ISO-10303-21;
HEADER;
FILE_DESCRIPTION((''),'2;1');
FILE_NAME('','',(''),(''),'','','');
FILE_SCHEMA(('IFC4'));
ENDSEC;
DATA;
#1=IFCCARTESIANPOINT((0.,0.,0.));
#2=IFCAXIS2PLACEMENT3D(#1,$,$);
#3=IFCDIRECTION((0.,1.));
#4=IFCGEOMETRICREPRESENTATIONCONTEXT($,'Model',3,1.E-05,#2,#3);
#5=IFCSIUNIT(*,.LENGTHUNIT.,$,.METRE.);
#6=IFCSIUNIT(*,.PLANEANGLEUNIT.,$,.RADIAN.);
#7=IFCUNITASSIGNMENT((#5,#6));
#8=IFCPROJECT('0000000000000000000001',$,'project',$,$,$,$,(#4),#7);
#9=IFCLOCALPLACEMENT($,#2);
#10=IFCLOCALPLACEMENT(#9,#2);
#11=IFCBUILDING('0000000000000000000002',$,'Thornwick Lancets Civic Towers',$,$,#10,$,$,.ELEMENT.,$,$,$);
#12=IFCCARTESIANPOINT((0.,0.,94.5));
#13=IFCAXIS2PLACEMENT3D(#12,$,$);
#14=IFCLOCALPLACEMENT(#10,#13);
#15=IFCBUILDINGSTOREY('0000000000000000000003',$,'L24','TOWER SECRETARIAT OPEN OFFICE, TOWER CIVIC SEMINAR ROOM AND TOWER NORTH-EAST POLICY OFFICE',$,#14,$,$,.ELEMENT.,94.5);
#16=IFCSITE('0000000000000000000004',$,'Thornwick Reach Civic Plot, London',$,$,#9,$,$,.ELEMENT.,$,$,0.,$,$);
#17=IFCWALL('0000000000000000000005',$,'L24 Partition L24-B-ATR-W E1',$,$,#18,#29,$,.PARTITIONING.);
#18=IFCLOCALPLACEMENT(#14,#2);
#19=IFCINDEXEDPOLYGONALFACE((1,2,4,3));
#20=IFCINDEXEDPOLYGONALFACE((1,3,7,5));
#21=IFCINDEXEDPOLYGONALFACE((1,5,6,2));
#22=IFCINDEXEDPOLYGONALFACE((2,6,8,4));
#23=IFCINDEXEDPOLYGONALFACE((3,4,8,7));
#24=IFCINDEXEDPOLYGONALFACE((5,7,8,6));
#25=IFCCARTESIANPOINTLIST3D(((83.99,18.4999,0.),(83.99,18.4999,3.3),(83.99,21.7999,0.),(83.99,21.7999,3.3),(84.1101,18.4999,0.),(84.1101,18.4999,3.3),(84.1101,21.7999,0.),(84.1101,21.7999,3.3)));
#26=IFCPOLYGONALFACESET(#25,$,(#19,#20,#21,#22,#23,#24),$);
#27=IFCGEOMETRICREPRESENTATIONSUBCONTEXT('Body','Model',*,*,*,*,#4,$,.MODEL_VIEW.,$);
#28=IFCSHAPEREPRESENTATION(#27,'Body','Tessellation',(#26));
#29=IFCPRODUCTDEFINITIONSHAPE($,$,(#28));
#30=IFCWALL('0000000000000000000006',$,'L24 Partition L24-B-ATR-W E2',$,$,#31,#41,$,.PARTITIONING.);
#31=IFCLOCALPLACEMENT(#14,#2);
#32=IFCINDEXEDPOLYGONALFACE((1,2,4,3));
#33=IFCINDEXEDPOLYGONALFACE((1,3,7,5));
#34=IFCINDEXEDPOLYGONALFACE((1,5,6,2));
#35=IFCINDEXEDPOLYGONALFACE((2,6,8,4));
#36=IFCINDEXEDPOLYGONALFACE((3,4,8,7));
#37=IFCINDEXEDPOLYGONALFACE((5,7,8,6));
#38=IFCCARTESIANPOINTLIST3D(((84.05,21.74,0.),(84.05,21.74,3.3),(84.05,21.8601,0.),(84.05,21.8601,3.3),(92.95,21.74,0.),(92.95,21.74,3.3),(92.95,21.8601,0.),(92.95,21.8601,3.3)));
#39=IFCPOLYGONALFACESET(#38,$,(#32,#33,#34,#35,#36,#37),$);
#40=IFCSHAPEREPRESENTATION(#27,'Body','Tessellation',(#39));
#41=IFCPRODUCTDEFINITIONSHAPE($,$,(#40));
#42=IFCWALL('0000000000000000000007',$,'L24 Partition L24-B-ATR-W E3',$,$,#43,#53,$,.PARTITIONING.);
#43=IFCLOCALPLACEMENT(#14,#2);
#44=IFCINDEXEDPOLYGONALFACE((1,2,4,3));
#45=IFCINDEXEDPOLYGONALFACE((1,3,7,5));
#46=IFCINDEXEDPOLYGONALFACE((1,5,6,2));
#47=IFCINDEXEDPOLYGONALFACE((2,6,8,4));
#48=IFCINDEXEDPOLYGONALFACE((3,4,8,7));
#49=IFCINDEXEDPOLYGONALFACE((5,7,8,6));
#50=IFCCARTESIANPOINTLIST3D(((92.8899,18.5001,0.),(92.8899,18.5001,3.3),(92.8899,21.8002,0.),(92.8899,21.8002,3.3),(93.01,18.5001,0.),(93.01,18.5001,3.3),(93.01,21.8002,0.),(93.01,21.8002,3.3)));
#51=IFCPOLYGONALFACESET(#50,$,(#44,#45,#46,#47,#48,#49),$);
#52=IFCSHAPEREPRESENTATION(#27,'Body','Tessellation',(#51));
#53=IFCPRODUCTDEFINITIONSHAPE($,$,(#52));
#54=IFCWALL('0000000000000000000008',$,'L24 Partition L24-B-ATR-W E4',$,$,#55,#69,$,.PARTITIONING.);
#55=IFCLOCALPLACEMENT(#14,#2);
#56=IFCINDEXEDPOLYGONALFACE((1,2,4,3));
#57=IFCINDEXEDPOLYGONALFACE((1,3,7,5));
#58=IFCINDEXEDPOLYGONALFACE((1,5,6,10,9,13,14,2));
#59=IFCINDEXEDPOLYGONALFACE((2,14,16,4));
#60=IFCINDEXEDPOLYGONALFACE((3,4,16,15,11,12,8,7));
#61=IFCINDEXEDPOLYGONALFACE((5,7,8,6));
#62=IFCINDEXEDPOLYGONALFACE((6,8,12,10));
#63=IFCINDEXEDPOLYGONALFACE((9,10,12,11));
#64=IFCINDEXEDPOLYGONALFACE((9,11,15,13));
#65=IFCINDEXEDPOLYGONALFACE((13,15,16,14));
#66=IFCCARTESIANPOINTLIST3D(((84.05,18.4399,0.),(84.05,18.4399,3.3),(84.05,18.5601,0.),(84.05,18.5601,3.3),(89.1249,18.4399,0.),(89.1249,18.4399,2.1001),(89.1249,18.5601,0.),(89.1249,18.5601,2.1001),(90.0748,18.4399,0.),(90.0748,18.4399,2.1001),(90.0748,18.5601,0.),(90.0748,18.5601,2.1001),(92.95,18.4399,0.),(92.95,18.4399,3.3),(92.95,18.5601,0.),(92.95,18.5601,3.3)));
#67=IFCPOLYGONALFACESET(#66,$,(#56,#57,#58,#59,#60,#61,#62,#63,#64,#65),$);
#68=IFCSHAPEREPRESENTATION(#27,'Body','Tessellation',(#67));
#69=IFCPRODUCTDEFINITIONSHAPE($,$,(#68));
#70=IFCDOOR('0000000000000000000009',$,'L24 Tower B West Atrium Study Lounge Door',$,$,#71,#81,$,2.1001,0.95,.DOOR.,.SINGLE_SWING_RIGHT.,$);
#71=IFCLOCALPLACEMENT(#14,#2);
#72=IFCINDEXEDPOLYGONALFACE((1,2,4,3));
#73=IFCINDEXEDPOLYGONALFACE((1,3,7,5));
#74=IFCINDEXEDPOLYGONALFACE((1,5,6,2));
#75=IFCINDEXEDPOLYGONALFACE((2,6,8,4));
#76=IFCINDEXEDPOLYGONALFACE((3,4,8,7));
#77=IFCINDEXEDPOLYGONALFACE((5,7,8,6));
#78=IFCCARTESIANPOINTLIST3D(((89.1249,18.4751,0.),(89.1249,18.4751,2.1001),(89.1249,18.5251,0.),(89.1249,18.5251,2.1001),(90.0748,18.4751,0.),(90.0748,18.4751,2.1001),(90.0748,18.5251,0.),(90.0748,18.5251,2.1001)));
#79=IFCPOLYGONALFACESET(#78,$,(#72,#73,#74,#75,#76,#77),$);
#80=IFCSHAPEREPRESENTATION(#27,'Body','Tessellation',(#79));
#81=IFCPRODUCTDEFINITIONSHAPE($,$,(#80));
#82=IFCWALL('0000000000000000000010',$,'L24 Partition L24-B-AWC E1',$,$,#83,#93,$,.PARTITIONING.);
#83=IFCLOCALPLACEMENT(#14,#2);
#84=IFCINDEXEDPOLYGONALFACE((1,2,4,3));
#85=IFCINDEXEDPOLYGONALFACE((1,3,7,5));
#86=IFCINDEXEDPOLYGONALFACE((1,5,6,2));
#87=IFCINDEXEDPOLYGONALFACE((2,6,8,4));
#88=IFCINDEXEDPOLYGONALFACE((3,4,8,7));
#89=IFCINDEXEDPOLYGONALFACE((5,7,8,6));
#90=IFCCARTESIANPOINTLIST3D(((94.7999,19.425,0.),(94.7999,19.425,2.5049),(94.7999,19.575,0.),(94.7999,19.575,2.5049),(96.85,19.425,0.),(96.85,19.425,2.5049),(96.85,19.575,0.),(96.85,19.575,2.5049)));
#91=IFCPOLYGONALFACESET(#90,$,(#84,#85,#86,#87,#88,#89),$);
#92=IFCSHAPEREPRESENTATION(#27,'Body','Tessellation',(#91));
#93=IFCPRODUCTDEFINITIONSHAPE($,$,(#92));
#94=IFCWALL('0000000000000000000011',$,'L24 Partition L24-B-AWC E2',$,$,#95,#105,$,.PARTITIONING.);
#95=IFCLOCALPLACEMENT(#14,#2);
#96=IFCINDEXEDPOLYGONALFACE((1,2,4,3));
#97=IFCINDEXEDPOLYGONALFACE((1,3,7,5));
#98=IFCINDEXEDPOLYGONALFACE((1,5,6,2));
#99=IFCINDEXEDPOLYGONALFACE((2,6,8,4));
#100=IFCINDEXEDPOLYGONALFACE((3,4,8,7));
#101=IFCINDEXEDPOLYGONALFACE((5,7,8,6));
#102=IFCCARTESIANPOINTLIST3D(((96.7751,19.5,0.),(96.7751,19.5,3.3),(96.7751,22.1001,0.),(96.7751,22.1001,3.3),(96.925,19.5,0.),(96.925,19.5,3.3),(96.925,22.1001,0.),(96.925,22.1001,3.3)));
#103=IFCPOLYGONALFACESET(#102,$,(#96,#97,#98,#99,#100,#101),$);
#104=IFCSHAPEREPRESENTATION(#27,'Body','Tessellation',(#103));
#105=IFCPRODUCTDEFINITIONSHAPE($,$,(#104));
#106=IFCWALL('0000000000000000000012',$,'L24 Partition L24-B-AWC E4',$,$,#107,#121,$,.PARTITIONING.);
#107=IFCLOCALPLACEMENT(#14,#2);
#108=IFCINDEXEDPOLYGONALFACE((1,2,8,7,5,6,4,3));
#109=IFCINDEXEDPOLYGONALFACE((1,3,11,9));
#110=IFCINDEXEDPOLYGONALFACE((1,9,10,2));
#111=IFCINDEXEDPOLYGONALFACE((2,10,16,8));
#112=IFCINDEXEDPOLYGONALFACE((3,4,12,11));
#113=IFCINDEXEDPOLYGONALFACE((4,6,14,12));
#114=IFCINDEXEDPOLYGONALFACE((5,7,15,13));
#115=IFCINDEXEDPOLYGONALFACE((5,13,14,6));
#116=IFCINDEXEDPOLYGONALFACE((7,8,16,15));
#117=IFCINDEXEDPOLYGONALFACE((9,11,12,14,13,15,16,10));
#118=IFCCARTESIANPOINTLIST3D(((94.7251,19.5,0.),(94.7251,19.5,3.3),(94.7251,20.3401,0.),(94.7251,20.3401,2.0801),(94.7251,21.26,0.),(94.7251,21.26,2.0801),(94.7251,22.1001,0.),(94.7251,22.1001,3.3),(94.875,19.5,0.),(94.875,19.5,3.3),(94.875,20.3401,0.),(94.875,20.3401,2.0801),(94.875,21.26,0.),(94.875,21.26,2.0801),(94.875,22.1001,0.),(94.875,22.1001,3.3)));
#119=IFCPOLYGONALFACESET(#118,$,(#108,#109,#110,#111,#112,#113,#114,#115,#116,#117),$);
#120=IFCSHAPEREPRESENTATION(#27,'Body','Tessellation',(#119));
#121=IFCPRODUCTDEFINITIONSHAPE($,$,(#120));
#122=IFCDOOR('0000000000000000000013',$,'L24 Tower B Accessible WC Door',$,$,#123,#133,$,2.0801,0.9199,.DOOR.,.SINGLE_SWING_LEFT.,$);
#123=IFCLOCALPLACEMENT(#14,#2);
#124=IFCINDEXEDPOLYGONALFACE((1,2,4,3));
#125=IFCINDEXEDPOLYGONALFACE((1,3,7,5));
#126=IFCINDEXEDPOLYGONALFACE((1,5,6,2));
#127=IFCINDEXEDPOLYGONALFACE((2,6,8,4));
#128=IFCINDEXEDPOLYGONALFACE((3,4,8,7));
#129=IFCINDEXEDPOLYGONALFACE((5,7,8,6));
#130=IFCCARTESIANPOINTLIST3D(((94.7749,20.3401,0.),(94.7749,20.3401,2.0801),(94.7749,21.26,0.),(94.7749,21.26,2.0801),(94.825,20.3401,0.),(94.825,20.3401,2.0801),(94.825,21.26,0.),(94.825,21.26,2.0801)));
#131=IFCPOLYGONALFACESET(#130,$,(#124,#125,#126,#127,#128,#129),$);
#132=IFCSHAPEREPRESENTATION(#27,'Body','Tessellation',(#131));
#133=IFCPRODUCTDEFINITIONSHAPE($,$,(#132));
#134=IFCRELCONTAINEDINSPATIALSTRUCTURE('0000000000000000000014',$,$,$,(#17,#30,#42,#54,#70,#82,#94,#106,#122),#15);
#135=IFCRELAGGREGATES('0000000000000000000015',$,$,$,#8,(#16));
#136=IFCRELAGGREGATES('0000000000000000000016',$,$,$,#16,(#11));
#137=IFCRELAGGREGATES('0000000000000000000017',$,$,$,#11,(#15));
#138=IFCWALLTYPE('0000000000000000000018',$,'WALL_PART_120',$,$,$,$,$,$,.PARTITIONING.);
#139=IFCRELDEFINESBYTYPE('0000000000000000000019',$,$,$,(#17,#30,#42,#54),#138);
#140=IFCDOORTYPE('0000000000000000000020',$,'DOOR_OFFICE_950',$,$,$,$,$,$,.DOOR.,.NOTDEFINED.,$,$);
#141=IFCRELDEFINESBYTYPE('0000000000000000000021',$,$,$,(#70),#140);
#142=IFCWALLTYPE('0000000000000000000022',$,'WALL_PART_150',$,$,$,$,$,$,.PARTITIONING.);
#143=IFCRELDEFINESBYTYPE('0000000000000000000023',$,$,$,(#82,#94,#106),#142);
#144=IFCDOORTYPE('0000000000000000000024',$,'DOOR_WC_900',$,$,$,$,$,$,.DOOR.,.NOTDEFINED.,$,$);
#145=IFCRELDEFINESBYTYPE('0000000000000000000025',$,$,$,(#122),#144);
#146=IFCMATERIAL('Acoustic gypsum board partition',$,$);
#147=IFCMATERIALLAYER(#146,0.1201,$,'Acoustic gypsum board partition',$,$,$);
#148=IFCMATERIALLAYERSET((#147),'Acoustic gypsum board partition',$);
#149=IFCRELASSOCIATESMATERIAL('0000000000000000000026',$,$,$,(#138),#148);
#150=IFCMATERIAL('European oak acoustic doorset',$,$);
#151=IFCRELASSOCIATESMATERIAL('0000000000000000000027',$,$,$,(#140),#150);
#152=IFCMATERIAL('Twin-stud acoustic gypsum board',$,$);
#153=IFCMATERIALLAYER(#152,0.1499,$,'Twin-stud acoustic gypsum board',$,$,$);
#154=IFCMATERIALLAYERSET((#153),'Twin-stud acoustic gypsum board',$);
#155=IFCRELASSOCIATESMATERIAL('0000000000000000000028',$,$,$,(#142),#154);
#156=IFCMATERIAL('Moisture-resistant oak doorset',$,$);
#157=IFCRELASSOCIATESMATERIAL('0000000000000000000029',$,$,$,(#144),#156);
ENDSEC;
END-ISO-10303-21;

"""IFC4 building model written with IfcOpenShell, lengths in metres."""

from ifc_helpers import new_model, si_unit, direction, frame, frame_2d, origin, place, context, subcontext, project, spatial, rectangle, extrude, material, layer, layer_set, type_object, element, fill, save


model = new_model("IFC4")

# Units and contexts
model_context = context("Model", 3, precision=1e-05, world=origin(), true_north=direction((0.0, 1.0)))
body_context = subcontext(model_context, "Body", "Model", "MODEL_VIEW")
ifc_project = project(units=[si_unit("LENGTHUNIT", "METRE"), si_unit("PLANEANGLEUNIT", "RADIAN")], contexts=[model_context])

# Site, building, storey
site_placement = place(None, origin())
site = spatial("IfcSite", under=ifc_project, at=site_placement, Name="Thornwick Reach Civic Plot, London", CompositionType="ELEMENT", RefElevation=0.0)
building_placement = place(site_placement, origin())
building = spatial("IfcBuilding", under=site, at=building_placement, Name="Thornwick Lancets Civic Towers", CompositionType="ELEMENT")
storey_placement = place(building_placement, frame((0.0, 0.0, 94.5)))
storey = spatial("IfcBuildingStorey", under=building, at=storey_placement, Name="L24", Description="TOWER SECRETARIAT OPEN OFFICE, TOWER CIVIC SEMINAR ROOM AND TOWER NORTH-EAST POLICY OFFICE", CompositionType="ELEMENT", Elevation=94.5)

# Walls
ifc_material_1 = material(Name="Acoustic gypsum board partition")
ifc_layer_1 = layer(ifc_material_1, 0.1201, Name="Acoustic gypsum board partition")
ifc_layer_set_1 = layer_set([ifc_layer_1], Name="Acoustic gypsum board partition")
wall_type_1 = type_object("IfcWallType", Name="WALL_PART_120", PredefinedType="PARTITIONING", material=ifc_layer_set_1)
wall_1_placement = place(storey_placement, frame((84.05, 18.5, 0.0), z_axis=(0.0, 0.0, 1.0), x_axis=(0.0, 1.0, 0.0)))
element("IfcWall", 1, at=wall_1_placement, inside=storey, type_object=wall_type_1, Name="L24 Partition L24-B-ATR-W E1", PredefinedType="PARTITIONING", context=body_context, shape_type="SweptSolid", body=[
    extrude(rectangle(XDim=3.3, YDim=0.1201, at=frame_2d((1.6499, 0.0))), origin(), (0.0, 0.0, 1.0), 3.3),
])
wall_2_placement = place(storey_placement, frame((84.05, 21.8, 0.0), z_axis=(0.0, 0.0, 1.0), x_axis=(1.0, 0.0, 0.0)))
element("IfcWall", 2, at=wall_2_placement, inside=storey, type_object=wall_type_1, Name="L24 Partition L24-B-ATR-W E2", PredefinedType="PARTITIONING", context=body_context, shape_type="SweptSolid", body=[
    extrude(rectangle(XDim=8.8999, YDim=0.1201, at=frame_2d((4.45, 0.0))), origin(), (0.0, 0.0, 1.0), 3.3),
])
wall_3_placement = place(storey_placement, frame((92.95, 21.8, 0.0), z_axis=(0.0, 0.0, 1.0), x_axis=(0.0, -1.0, 0.0)))
element("IfcWall", 3, at=wall_3_placement, inside=storey, type_object=wall_type_1, Name="L24 Partition L24-B-ATR-W E3", PredefinedType="PARTITIONING", context=body_context, shape_type="SweptSolid", body=[
    extrude(rectangle(XDim=3.3, YDim=0.1201, at=frame_2d((1.6499, 0.0))), origin(), (0.0, 0.0, 1.0), 3.3),
])

# Wall, opening, door
wall_4_placement = place(storey_placement, frame((92.95, 18.5, 0.0), z_axis=(0.0, 0.0, 1.0), x_axis=(-1.0, 0.0, 0.0)))
wall_4 = element("IfcWall", 4, at=wall_4_placement, inside=storey, type_object=wall_type_1, Name="L24 Partition L24-B-ATR-W E4", PredefinedType="PARTITIONING", context=body_context, shape_type="SweptSolid", body=[
    extrude(rectangle(XDim=8.8999, YDim=0.1201, at=frame_2d((4.45, 0.0))), origin(), (0.0, 0.0, 1.0), 3.3),
])
opening_1_placement = place(wall_4_placement, frame((2.875, 0.0, 0.0)))
opening_1 = element("IfcOpeningElement", 5, at=opening_1_placement, cuts=wall_4, PredefinedType="OPENING", context=body_context, shape_type="SweptSolid", body=[
    extrude(rectangle(XDim=0.95, YDim=2.1001, at=frame_2d((0.4751, 1.05))), frame((0.0, 0.0701, 0.0), z_axis=(0.0, -1.0, 0.0), x_axis=(1.0, 0.0, 0.0)), (0.0, 0.0, 1.0), 0.1401),
])
ifc_material_2 = material(Name="European oak acoustic doorset")
door_type_1 = type_object("IfcDoorType", Name="DOOR_OFFICE_950", OperationType="NOTDEFINED", PredefinedType="DOOR", material=ifc_material_2)
door_1_placement = place(opening_1_placement, origin())
door_1 = element("IfcDoor", 6, at=door_1_placement, inside=storey, type_object=door_type_1, Name="L24 Tower B West Atrium Study Lounge Door", OperationType="SINGLE_SWING_RIGHT", OverallHeight=2.1001, OverallWidth=0.95, PredefinedType="DOOR", context=body_context, shape_type="SweptSolid", body=[
    extrude(rectangle(XDim=0.95, YDim=2.1001, at=frame_2d((0.4751, 1.05))), frame((0.0, 0.0249, 0.0), z_axis=(0.0, -1.0, 0.0), x_axis=(1.0, 0.0, 0.0)), (0.0, 0.0, 1.0), 0.05),
])
fill(opening_1, door_1)

# Walls
ifc_material_3 = material(Name="Twin-stud acoustic gypsum board")
ifc_layer_2 = layer(ifc_material_3, 0.1499, Name="Twin-stud acoustic gypsum board")
ifc_layer_set_2 = layer_set([ifc_layer_2], Name="Twin-stud acoustic gypsum board")
wall_type_2 = type_object("IfcWallType", Name="WALL_PART_150", PredefinedType="PARTITIONING", material=ifc_layer_set_2)
wall_5_placement = place(storey_placement, frame((94.8, 19.5, 0.0), z_axis=(0.0, 0.0, 1.0), x_axis=(1.0, 0.0, 0.0)))
element("IfcWall", 7, at=wall_5_placement, inside=storey, type_object=wall_type_2, Name="L24 Partition L24-B-AWC E1", PredefinedType="PARTITIONING", context=body_context, shape_type="SweptSolid", body=[
    extrude(rectangle(XDim=2.05, YDim=0.1499, at=frame_2d((1.0249, 0.0))), origin(), (0.0, 0.0, 1.0), 2.5049),
])
wall_6_placement = place(storey_placement, frame((96.8501, 19.5, 0.0), z_axis=(0.0, 0.0, 1.0), x_axis=(0.0, 1.0, 0.0)))
element("IfcWall", 8, at=wall_6_placement, inside=storey, type_object=wall_type_2, Name="L24 Partition L24-B-AWC E2", PredefinedType="PARTITIONING", context=body_context, shape_type="SweptSolid", body=[
    extrude(rectangle(XDim=2.6001, YDim=0.1499, at=frame_2d((1.3, 0.0))), origin(), (0.0, 0.0, 1.0), 3.3),
])

# Wall, opening, door
wall_7_placement = place(storey_placement, frame((94.8, 22.1001, 0.0), z_axis=(0.0, 0.0, 1.0), x_axis=(0.0, -1.0, 0.0)))
wall_7 = element("IfcWall", 9, at=wall_7_placement, inside=storey, type_object=wall_type_2, Name="L24 Partition L24-B-AWC E4", PredefinedType="PARTITIONING", context=body_context, shape_type="SweptSolid", body=[
    extrude(rectangle(XDim=2.6001, YDim=0.1499, at=frame_2d((1.3, 0.0))), origin(), (0.0, 0.0, 1.0), 3.3),
])
opening_2_placement = place(wall_7_placement, frame((0.8401, 0.0, 0.0)))
opening_2 = element("IfcOpeningElement", 10, at=opening_2_placement, cuts=wall_7, PredefinedType="OPENING", context=body_context, shape_type="SweptSolid", body=[
    extrude(rectangle(XDim=0.9199, YDim=2.0801, at=frame_2d((0.46, 1.04))), frame((0.0, 0.085, 0.0), z_axis=(0.0, -1.0, 0.0), x_axis=(1.0, 0.0, 0.0)), (0.0, 0.0, 1.0), 0.1699),
])
ifc_material_4 = material(Name="Moisture-resistant oak doorset")
door_type_2 = type_object("IfcDoorType", Name="DOOR_WC_900", OperationType="NOTDEFINED", PredefinedType="DOOR", material=ifc_material_4)
door_2_placement = place(opening_2_placement, origin())
door_2 = element("IfcDoor", 11, at=door_2_placement, inside=storey, type_object=door_type_2, Name="L24 Tower B Accessible WC Door", OperationType="SINGLE_SWING_LEFT", OverallHeight=2.0801, OverallWidth=0.9199, PredefinedType="DOOR", context=body_context, shape_type="SweptSolid", body=[
    extrude(rectangle(XDim=0.9199, YDim=2.0801, at=frame_2d((0.46, 1.04))), frame((0.0, 0.0249, 0.0), z_axis=(0.0, -1.0, 0.0), x_axis=(1.0, 0.0, 0.0)), (0.0, 0.0, 1.0), 0.05),
])
fill(opening_2, door_2)

save(model, "model.ifc")
